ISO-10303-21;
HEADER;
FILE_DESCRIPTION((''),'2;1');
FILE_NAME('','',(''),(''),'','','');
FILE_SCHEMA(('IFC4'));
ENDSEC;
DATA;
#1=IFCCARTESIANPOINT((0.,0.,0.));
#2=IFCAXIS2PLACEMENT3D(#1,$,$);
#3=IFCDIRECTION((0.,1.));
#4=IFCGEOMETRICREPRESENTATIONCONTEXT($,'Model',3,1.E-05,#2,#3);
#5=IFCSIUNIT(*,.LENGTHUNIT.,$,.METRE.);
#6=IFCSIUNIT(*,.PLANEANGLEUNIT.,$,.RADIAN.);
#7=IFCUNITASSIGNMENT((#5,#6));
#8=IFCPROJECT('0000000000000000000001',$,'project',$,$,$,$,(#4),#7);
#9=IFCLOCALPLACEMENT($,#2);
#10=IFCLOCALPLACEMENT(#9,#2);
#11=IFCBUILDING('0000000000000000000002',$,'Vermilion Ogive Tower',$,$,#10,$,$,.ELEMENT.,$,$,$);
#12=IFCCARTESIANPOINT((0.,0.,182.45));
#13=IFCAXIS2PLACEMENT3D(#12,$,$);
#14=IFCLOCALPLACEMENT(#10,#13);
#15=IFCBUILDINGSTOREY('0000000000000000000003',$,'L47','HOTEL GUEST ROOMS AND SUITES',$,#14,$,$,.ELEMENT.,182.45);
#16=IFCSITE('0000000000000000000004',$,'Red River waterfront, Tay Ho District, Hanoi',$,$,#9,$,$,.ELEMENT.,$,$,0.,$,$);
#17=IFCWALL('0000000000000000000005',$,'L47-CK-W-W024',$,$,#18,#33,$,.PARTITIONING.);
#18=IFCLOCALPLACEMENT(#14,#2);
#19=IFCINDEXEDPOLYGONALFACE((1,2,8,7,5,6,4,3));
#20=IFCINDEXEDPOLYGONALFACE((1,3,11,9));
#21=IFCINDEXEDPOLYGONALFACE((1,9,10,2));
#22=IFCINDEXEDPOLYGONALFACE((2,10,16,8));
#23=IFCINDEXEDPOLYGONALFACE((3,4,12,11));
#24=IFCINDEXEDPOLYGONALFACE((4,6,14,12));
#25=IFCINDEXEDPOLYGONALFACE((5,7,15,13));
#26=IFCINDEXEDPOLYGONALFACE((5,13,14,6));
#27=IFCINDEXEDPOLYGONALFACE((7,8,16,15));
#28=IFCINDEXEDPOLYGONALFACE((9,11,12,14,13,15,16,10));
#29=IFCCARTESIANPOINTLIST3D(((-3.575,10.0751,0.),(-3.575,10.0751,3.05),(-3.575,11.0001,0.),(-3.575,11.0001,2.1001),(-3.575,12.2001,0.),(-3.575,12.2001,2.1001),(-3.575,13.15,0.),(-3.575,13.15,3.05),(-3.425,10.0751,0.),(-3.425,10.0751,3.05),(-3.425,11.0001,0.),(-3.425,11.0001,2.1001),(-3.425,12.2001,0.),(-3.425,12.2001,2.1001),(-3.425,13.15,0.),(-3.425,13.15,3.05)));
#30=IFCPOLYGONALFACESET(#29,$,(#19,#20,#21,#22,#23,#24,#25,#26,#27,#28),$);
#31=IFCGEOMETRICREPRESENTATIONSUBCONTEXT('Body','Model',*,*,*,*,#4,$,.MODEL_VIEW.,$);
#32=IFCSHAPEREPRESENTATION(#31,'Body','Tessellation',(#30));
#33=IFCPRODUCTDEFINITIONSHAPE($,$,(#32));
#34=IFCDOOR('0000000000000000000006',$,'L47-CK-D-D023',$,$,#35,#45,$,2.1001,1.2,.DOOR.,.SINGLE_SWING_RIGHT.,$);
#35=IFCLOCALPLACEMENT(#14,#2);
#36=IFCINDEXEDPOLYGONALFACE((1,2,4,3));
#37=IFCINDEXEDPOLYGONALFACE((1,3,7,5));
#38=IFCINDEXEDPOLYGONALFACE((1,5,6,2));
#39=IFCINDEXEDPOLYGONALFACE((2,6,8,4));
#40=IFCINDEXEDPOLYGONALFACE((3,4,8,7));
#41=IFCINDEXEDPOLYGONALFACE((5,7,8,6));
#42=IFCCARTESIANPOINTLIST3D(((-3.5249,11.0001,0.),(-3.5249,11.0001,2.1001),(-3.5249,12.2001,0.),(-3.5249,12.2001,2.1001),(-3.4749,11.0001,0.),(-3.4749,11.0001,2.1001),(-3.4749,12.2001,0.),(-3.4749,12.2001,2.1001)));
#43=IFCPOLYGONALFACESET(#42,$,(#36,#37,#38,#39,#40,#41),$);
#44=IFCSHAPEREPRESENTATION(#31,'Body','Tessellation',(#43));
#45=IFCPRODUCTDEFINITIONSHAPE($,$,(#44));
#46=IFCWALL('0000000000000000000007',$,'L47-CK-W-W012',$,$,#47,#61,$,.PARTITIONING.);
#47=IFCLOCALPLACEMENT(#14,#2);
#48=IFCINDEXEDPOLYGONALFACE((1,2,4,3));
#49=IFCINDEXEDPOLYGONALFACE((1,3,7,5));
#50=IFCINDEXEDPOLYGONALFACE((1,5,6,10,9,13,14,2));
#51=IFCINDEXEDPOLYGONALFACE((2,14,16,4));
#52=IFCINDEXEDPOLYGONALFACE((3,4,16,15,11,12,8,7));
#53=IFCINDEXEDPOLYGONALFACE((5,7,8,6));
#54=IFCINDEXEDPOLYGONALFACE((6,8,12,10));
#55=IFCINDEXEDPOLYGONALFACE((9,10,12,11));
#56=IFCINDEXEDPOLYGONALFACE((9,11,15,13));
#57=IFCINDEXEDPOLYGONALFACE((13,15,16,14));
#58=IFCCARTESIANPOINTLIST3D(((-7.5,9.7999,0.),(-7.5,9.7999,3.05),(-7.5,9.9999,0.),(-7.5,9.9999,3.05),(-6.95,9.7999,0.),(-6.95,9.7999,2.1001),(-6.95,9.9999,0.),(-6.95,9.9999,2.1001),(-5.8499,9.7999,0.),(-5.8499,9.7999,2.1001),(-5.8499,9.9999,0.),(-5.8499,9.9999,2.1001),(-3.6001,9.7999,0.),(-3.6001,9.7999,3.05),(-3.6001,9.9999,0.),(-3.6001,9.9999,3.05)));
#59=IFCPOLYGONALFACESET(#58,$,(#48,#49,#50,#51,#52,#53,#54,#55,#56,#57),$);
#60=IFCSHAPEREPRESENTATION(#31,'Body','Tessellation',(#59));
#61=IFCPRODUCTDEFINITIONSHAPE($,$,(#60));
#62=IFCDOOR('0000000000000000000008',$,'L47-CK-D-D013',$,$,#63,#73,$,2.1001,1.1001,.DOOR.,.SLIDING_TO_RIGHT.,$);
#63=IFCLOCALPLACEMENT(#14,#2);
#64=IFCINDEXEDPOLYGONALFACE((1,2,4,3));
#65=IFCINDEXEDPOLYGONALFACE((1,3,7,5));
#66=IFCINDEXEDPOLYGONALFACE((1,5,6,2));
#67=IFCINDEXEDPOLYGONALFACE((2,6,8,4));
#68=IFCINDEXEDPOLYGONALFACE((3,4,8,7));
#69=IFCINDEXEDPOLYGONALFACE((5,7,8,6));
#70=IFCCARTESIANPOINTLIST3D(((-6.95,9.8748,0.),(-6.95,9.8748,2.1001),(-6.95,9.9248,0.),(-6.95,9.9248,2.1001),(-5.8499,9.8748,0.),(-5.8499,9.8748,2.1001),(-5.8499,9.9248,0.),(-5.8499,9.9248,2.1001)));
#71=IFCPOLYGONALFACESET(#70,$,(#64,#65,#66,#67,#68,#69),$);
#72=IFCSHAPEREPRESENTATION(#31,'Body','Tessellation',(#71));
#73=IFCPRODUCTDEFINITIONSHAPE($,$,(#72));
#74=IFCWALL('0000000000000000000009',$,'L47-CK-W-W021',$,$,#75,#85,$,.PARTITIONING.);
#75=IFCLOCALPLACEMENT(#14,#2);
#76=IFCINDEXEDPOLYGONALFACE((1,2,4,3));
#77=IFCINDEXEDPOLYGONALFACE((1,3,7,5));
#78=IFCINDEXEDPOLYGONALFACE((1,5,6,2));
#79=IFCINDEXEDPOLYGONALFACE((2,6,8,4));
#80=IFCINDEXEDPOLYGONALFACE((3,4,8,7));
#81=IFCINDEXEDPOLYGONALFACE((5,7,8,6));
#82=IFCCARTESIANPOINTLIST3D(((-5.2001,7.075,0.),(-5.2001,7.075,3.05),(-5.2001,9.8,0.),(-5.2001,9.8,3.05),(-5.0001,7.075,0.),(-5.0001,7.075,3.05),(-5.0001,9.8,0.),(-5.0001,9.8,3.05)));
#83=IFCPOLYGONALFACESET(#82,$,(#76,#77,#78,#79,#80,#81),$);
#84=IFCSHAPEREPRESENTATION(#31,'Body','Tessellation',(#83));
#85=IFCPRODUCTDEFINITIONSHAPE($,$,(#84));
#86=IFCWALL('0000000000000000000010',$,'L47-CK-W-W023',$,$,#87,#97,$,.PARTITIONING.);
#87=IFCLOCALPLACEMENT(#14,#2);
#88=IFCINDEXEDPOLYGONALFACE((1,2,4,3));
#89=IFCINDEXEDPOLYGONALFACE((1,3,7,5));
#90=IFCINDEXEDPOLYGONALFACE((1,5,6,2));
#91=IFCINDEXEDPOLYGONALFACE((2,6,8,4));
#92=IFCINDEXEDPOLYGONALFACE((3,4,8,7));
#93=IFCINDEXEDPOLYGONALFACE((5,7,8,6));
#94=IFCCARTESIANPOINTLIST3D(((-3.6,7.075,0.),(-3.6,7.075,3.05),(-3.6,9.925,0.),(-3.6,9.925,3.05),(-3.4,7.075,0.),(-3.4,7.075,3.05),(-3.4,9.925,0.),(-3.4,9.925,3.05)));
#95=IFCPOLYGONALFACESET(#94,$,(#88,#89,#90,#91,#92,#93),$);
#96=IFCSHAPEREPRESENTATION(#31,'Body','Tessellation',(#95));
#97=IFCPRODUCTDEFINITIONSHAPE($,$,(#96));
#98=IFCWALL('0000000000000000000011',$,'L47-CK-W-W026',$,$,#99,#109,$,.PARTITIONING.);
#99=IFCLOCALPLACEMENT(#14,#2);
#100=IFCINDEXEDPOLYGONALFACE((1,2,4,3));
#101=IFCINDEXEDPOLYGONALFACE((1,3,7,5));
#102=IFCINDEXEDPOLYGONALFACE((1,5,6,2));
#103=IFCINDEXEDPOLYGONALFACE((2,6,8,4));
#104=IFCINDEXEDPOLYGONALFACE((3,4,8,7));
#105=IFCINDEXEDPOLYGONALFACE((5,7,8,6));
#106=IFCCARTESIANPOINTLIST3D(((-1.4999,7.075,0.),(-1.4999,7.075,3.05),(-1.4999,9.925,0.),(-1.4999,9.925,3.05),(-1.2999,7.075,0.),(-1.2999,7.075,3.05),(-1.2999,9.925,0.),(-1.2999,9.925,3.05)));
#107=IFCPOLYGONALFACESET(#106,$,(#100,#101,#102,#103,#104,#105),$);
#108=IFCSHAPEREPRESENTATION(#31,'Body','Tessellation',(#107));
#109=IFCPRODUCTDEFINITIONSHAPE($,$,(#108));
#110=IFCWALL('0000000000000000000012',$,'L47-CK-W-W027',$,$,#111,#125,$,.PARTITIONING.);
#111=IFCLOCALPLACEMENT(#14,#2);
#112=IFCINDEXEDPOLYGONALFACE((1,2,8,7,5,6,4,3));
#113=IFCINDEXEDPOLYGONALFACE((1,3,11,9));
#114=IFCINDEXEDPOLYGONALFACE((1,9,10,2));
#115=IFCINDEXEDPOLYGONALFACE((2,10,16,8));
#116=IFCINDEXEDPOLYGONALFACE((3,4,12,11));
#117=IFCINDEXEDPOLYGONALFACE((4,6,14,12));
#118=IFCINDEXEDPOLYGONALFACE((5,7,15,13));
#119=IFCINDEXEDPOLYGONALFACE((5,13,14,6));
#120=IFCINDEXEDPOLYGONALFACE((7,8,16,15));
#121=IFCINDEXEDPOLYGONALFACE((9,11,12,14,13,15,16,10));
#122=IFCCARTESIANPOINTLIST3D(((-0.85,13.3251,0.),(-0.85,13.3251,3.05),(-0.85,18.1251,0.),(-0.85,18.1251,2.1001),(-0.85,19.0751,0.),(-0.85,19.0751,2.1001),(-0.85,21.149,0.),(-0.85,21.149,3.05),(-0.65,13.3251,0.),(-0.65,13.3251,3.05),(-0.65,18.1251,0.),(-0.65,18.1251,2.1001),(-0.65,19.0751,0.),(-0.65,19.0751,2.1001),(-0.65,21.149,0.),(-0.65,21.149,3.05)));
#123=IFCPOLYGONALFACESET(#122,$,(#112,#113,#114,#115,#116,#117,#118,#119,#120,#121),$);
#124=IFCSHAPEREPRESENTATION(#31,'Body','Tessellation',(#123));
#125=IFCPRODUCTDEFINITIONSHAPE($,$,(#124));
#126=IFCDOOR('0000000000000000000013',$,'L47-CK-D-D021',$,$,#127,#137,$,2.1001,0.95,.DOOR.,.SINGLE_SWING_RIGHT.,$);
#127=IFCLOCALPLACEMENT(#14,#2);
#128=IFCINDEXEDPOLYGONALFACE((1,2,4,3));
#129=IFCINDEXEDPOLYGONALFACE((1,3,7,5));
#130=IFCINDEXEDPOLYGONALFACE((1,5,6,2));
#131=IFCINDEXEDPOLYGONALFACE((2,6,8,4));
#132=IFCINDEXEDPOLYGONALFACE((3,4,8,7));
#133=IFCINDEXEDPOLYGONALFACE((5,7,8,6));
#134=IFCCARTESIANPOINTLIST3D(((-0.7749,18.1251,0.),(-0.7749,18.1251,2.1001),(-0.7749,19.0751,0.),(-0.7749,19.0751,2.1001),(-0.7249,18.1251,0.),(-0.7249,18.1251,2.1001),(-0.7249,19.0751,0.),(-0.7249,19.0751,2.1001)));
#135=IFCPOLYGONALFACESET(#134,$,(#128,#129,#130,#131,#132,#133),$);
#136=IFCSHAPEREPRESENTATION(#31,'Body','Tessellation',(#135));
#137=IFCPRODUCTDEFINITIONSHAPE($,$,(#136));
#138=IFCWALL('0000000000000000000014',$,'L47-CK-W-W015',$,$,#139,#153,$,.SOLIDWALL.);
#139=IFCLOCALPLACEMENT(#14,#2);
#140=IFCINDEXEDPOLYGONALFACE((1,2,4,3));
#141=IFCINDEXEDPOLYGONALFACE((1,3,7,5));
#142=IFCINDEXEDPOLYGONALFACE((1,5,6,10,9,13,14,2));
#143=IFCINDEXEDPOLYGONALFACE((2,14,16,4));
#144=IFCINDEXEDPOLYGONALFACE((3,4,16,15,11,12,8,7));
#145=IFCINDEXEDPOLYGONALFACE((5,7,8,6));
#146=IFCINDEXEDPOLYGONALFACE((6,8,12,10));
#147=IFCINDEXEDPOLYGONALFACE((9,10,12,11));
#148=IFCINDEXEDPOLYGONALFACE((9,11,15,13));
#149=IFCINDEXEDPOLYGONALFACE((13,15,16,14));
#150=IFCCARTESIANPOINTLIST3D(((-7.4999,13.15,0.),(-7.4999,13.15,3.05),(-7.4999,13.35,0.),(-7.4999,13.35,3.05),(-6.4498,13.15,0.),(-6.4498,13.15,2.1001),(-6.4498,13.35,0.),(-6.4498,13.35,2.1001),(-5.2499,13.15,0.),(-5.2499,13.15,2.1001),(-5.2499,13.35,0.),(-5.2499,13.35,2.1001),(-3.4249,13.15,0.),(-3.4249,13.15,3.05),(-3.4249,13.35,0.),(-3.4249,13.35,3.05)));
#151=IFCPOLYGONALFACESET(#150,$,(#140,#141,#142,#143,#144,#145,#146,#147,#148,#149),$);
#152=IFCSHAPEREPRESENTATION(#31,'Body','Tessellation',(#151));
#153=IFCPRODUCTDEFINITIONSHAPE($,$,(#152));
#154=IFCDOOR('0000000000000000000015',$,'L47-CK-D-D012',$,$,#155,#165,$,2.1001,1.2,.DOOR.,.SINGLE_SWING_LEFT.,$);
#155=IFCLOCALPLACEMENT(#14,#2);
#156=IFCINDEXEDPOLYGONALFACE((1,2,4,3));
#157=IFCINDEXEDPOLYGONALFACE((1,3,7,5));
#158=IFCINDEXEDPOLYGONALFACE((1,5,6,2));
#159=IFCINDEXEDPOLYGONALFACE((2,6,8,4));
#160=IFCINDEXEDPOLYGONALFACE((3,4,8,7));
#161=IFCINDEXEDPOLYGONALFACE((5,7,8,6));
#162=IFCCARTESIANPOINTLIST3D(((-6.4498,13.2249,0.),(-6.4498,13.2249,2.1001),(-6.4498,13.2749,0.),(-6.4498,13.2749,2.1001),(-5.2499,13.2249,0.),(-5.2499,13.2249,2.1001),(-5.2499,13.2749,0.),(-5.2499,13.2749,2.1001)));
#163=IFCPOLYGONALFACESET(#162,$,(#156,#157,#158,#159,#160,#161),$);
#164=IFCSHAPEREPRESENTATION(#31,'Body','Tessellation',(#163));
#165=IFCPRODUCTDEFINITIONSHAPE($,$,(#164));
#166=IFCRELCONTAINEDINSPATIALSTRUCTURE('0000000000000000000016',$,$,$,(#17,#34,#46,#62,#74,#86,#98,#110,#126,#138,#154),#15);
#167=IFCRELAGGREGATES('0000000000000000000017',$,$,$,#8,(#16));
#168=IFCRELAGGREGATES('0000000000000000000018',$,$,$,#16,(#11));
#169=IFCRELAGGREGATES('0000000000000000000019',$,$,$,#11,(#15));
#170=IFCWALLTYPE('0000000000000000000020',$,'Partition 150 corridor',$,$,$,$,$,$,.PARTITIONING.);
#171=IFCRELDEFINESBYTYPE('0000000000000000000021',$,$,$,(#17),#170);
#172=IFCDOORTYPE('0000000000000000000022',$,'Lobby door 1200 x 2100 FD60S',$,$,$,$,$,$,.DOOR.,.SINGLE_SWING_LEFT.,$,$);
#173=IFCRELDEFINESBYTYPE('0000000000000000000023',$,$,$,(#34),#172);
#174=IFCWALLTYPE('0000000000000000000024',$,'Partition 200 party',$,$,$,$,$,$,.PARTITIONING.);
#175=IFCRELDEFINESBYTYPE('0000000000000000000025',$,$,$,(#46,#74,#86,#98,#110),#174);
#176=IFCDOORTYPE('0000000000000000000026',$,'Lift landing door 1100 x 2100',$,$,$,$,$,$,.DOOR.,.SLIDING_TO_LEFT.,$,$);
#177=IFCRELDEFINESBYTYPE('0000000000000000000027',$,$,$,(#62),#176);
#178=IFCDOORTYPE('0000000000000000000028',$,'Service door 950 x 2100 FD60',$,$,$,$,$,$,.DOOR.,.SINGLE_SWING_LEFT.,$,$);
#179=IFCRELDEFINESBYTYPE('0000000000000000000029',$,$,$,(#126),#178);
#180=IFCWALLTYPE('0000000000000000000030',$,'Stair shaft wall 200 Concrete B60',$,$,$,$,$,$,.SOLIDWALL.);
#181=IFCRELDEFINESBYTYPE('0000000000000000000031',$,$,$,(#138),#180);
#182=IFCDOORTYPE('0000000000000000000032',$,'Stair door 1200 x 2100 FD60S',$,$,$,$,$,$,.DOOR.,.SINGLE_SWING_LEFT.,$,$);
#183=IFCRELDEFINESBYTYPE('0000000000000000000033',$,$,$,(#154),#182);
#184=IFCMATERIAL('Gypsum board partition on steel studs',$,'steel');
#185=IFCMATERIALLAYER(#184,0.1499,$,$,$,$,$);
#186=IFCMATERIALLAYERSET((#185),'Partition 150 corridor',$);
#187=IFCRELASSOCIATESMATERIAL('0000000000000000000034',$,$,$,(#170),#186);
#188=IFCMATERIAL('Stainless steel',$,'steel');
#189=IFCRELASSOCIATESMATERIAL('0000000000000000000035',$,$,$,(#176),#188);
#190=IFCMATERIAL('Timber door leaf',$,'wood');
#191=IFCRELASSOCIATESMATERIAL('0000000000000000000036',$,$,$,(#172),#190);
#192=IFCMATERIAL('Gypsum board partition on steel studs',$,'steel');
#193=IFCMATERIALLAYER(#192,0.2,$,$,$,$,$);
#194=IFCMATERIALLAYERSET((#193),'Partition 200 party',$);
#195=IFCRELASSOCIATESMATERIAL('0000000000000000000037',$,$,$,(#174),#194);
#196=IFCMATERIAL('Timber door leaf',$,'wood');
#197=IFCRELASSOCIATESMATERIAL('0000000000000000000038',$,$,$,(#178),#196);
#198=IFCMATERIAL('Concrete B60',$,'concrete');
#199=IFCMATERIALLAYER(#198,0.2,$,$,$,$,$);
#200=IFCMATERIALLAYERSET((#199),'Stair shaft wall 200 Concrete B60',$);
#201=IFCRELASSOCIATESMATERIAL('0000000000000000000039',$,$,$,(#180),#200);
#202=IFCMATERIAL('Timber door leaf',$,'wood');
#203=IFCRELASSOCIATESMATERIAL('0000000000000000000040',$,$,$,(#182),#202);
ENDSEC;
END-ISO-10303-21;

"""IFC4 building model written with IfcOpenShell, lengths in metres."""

from ifc_helpers import new_model, si_unit, direction, frame, frame_2d, origin, place, context, subcontext, project, spatial, rectangle, extrude, material, layer, layer_set, type_object, element, fill, save


model = new_model("IFC4")

# Units and contexts
model_context = context("Model", 3, precision=1e-05, world=origin(), true_north=direction((0.0, 1.0)))
body_context = subcontext(model_context, "Body", "Model", "MODEL_VIEW")
ifc_project = project(units=[si_unit("LENGTHUNIT", "METRE"), si_unit("PLANEANGLEUNIT", "RADIAN")], contexts=[model_context])

# Site, building, storey
site_placement = place(None, origin())
site = spatial("IfcSite", under=ifc_project, at=site_placement, Name="Red River waterfront, Tay Ho District, Hanoi", CompositionType="ELEMENT", RefElevation=0.0)
building_placement = place(site_placement, origin())
building = spatial("IfcBuilding", under=site, at=building_placement, Name="Vermilion Ogive Tower", CompositionType="ELEMENT")
storey_placement = place(building_placement, frame((0.0, 0.0, 182.45)))
storey = spatial("IfcBuildingStorey", under=building, at=storey_placement, Name="L47", Description="HOTEL GUEST ROOMS AND SUITES", CompositionType="ELEMENT", Elevation=182.45)

# Shared definitions
ifc_material_1 = material(Name="Gypsum board partition on steel studs", Category="steel")
ifc_layer_1 = layer(ifc_material_1, 0.1499)
ifc_layer_set_1 = layer_set([ifc_layer_1], Name="Partition 150 corridor")
wall_type_1 = type_object("IfcWallType", Name="Partition 150 corridor", PredefinedType="PARTITIONING", material=ifc_layer_set_1)

# Shared definitions
ifc_material_2 = material(Name="Stainless steel", Category="steel")
door_type_1 = type_object("IfcDoorType", Name="Lift landing door 1100 x 2100", OperationType="SLIDING_TO_LEFT", PredefinedType="DOOR", material=ifc_material_2)

# Walls, openings, doors
wall_1_placement = place(storey_placement, frame((-3.5, 10.075, 0.0), z_axis=(0.0, 0.0, 1.0), x_axis=(0.0, 1.0, 0.0)))
wall_1 = element("IfcWall", 1, at=wall_1_placement, inside=storey, type_object=wall_type_1, Name="L47-CK-W-W024", PredefinedType="PARTITIONING", context=body_context, shape_type="SweptSolid", body=[
    extrude(rectangle(XDim=3.075, YDim=0.1499, at=frame_2d((1.5376, 0.0))), origin(), (0.0, 0.0, 1.0), 3.05),
])
opening_1_placement = place(wall_1_placement, frame((0.925, 0.0, 0.0)))
opening_1 = element("IfcOpeningElement", 2, at=opening_1_placement, cuts=wall_1, PredefinedType="OPENING", context=body_context, shape_type="SweptSolid", body=[
    extrude(rectangle(XDim=1.2, YDim=2.1001, at=frame_2d((0.6001, 1.05))), frame((0.0, 0.085, 0.0), z_axis=(0.0, -1.0, 0.0), x_axis=(1.0, 0.0, 0.0)), (0.0, 0.0, 1.0), 0.1699),
])
ifc_material_3 = material(Name="Timber door leaf", Category="wood")
door_type_2 = type_object("IfcDoorType", Name="Lobby door 1200 x 2100 FD60S", OperationType="SINGLE_SWING_LEFT", PredefinedType="DOOR", material=ifc_material_3)
door_1_placement = place(opening_1_placement, origin())
door_1 = element("IfcDoor", 3, at=door_1_placement, inside=storey, type_object=door_type_2, Name="L47-CK-D-D023", OperationType="SINGLE_SWING_RIGHT", OverallHeight=2.1001, OverallWidth=1.2, PredefinedType="DOOR", context=body_context, shape_type="SweptSolid", body=[
    extrude(rectangle(XDim=1.2, YDim=2.1001, at=frame_2d((0.6001, 1.05))), frame((0.0, 0.0249, 0.0), z_axis=(0.0, -1.0, 0.0), x_axis=(1.0, 0.0, 0.0)), (0.0, 0.0, 1.0), 0.05),
])
fill(opening_1, door_1)
ifc_material_4 = material(Name="Gypsum board partition on steel studs", Category="steel")
ifc_layer_2 = layer(ifc_material_4, 0.2)
ifc_layer_set_2 = layer_set([ifc_layer_2], Name="Partition 200 party")
wall_type_2 = type_object("IfcWallType", Name="Partition 200 party", PredefinedType="PARTITIONING", material=ifc_layer_set_2)
wall_2_placement = place(storey_placement, frame((-7.5, 9.8999, 0.0), z_axis=(0.0, 0.0, 1.0), x_axis=(1.0, 0.0, 0.0)))
wall_2 = element("IfcWall", 4, at=wall_2_placement, inside=storey, type_object=wall_type_2, Name="L47-CK-W-W012", PredefinedType="PARTITIONING", context=body_context, shape_type="SweptSolid", body=[
    extrude(rectangle(XDim=3.8999, YDim=0.2, at=frame_2d((1.95, 0.0))), origin(), (0.0, 0.0, 1.0), 3.05),
])
opening_2_placement = place(wall_2_placement, frame((0.55, 0.0, 0.0)))
opening_2 = element("IfcOpeningElement", 5, at=opening_2_placement, cuts=wall_2, PredefinedType="OPENING", context=body_context, shape_type="SweptSolid", body=[
    extrude(rectangle(XDim=1.1001, YDim=2.1001, at=frame_2d((0.55, 1.05))), frame((0.0, 0.1099, 0.0), z_axis=(0.0, -1.0, 0.0), x_axis=(1.0, 0.0, 0.0)), (0.0, 0.0, 1.0), 0.22),
])
door_2_placement = place(opening_2_placement, origin())
door_2 = element("IfcDoor", 6, at=door_2_placement, inside=storey, type_object=door_type_1, Name="L47-CK-D-D013", OperationType="SLIDING_TO_RIGHT", OverallHeight=2.1001, OverallWidth=1.1001, PredefinedType="DOOR", context=body_context, shape_type="SweptSolid", body=[
    extrude(rectangle(XDim=1.1001, YDim=2.1001, at=frame_2d((0.55, 1.05))), frame((0.0, 0.0249, 0.0), z_axis=(0.0, -1.0, 0.0), x_axis=(1.0, 0.0, 0.0)), (0.0, 0.0, 1.0), 0.05),
])
fill(opening_2, door_2)

# Walls
wall_3_placement = place(storey_placement, frame((-5.1001, 7.075, 0.0), z_axis=(0.0, 0.0, 1.0), x_axis=(0.0, 1.0, 0.0)))
element("IfcWall", 7, at=wall_3_placement, inside=storey, type_object=wall_type_2, Name="L47-CK-W-W021", PredefinedType="PARTITIONING", context=body_context, shape_type="SweptSolid", body=[
    extrude(rectangle(XDim=2.7251, YDim=0.2, at=frame_2d((1.3625, 0.0))), origin(), (0.0, 0.0, 1.0), 3.05),
])
for number, where, z_axis, x_axis, name in (
    (8, (-3.5, 7.075, 0.0), (0.0, 0.0, 1.0), (0.0, 1.0, 0.0), "L47-CK-W-W023"),
    (9, (-1.3999, 7.075, 0.0), (0.0, 0.0, 1.0), (0.0, 1.0, 0.0), "L47-CK-W-W026"),
):
    element("IfcWall", number, at=place(storey_placement, frame(where, z_axis=z_axis, x_axis=x_axis)), inside=storey, type_object=wall_type_2, Name=name, PredefinedType="PARTITIONING", context=body_context, shape_type="SweptSolid", body=[
        extrude(rectangle(XDim=2.8501, YDim=0.2, at=frame_2d((1.425, 0.0))), origin(), (0.0, 0.0, 1.0), 3.05),
    ])

# Walls, openings, doors
wall_4_placement = place(storey_placement, frame((-0.75, 13.325, 0.0), z_axis=(0.0, 0.0, 1.0), x_axis=(0.0, 1.0, 0.0)))
wall_4 = element("IfcWall", 10, at=wall_4_placement, inside=storey, type_object=wall_type_2, Name="L47-CK-W-W027", PredefinedType="PARTITIONING", context=body_context, shape_type="SweptSolid", body=[
    extrude(rectangle(XDim=7.824, YDim=0.2, at=frame_2d((3.9121, 0.0))), origin(), (0.0, 0.0, 1.0), 3.05),
])
opening_3_placement = place(wall_4_placement, frame((4.8, 0.0, 0.0)))
opening_3 = element("IfcOpeningElement", 11, at=opening_3_placement, cuts=wall_4, PredefinedType="OPENING", context=body_context, shape_type="SweptSolid", body=[
    extrude(rectangle(XDim=0.95, YDim=2.1001, at=frame_2d((0.4751, 1.05))), frame((0.0, 0.1099, 0.0), z_axis=(0.0, -1.0, 0.0), x_axis=(1.0, 0.0, 0.0)), (0.0, 0.0, 1.0), 0.22),
])
ifc_material_5 = material(Name="Timber door leaf", Category="wood")
door_type_3 = type_object("IfcDoorType", Name="Service door 950 x 2100 FD60", OperationType="SINGLE_SWING_LEFT", PredefinedType="DOOR", material=ifc_material_5)
door_3_placement = place(opening_3_placement, origin())
door_3 = element("IfcDoor", 12, at=door_3_placement, inside=storey, type_object=door_type_3, Name="L47-CK-D-D021", OperationType="SINGLE_SWING_RIGHT", OverallHeight=2.1001, OverallWidth=0.95, PredefinedType="DOOR", context=body_context, shape_type="SweptSolid", body=[
    extrude(rectangle(XDim=0.95, YDim=2.1001, at=frame_2d((0.4751, 1.05))), frame((0.0, 0.0249, 0.0), z_axis=(0.0, -1.0, 0.0), x_axis=(1.0, 0.0, 0.0)), (0.0, 0.0, 1.0), 0.05),
])
fill(opening_3, door_3)
ifc_material_6 = material(Name="Concrete B60", Category="concrete")
ifc_layer_3 = layer(ifc_material_6, 0.2)
ifc_layer_set_3 = layer_set([ifc_layer_3], Name="Stair shaft wall 200 Concrete B60")
wall_type_3 = type_object("IfcWallType", Name="Stair shaft wall 200 Concrete B60", PredefinedType="SOLIDWALL", material=ifc_layer_set_3)
wall_5_placement = place(storey_placement, frame((-7.5, 13.25, 0.0), z_axis=(0.0, 0.0, 1.0), x_axis=(1.0, 0.0, 0.0)))
wall_5 = element("IfcWall", 13, at=wall_5_placement, inside=storey, type_object=wall_type_3, Name="L47-CK-W-W015", PredefinedType="SOLIDWALL", context=body_context, shape_type="SweptSolid", body=[
    extrude(rectangle(XDim=4.075, YDim=0.2, at=frame_2d((2.0376, 0.0))), origin(), (0.0, 0.0, 1.0), 3.05),
])
opening_4_placement = place(wall_5_placement, frame((1.05, 0.0, 0.0)))
opening_4 = element("IfcOpeningElement", 14, at=opening_4_placement, cuts=wall_5, PredefinedType="OPENING", context=body_context, shape_type="SweptSolid", body=[
    extrude(rectangle(XDim=1.2, YDim=2.1001, at=frame_2d((0.6001, 1.05))), frame((0.0, 0.1099, 0.0), z_axis=(0.0, -1.0, 0.0), x_axis=(1.0, 0.0, 0.0)), (0.0, 0.0, 1.0), 0.22),
])
ifc_material_7 = material(Name="Timber door leaf", Category="wood")
door_type_4 = type_object("IfcDoorType", Name="Stair door 1200 x 2100 FD60S", OperationType="SINGLE_SWING_LEFT", PredefinedType="DOOR", material=ifc_material_7)
door_4_placement = place(opening_4_placement, origin())
door_4 = element("IfcDoor", 15, at=door_4_placement, inside=storey, type_object=door_type_4, Name="L47-CK-D-D012", OperationType="SINGLE_SWING_LEFT", OverallHeight=2.1001, OverallWidth=1.2, PredefinedType="DOOR", context=body_context, shape_type="SweptSolid", body=[
    extrude(rectangle(XDim=1.2, YDim=2.1001, at=frame_2d((0.6001, 1.05))), frame((0.0, 0.0249, 0.0), z_axis=(0.0, -1.0, 0.0), x_axis=(1.0, 0.0, 0.0)), (0.0, 0.0, 1.0), 0.05),
])
fill(opening_4, door_4)

save(model, "model.ifc")
